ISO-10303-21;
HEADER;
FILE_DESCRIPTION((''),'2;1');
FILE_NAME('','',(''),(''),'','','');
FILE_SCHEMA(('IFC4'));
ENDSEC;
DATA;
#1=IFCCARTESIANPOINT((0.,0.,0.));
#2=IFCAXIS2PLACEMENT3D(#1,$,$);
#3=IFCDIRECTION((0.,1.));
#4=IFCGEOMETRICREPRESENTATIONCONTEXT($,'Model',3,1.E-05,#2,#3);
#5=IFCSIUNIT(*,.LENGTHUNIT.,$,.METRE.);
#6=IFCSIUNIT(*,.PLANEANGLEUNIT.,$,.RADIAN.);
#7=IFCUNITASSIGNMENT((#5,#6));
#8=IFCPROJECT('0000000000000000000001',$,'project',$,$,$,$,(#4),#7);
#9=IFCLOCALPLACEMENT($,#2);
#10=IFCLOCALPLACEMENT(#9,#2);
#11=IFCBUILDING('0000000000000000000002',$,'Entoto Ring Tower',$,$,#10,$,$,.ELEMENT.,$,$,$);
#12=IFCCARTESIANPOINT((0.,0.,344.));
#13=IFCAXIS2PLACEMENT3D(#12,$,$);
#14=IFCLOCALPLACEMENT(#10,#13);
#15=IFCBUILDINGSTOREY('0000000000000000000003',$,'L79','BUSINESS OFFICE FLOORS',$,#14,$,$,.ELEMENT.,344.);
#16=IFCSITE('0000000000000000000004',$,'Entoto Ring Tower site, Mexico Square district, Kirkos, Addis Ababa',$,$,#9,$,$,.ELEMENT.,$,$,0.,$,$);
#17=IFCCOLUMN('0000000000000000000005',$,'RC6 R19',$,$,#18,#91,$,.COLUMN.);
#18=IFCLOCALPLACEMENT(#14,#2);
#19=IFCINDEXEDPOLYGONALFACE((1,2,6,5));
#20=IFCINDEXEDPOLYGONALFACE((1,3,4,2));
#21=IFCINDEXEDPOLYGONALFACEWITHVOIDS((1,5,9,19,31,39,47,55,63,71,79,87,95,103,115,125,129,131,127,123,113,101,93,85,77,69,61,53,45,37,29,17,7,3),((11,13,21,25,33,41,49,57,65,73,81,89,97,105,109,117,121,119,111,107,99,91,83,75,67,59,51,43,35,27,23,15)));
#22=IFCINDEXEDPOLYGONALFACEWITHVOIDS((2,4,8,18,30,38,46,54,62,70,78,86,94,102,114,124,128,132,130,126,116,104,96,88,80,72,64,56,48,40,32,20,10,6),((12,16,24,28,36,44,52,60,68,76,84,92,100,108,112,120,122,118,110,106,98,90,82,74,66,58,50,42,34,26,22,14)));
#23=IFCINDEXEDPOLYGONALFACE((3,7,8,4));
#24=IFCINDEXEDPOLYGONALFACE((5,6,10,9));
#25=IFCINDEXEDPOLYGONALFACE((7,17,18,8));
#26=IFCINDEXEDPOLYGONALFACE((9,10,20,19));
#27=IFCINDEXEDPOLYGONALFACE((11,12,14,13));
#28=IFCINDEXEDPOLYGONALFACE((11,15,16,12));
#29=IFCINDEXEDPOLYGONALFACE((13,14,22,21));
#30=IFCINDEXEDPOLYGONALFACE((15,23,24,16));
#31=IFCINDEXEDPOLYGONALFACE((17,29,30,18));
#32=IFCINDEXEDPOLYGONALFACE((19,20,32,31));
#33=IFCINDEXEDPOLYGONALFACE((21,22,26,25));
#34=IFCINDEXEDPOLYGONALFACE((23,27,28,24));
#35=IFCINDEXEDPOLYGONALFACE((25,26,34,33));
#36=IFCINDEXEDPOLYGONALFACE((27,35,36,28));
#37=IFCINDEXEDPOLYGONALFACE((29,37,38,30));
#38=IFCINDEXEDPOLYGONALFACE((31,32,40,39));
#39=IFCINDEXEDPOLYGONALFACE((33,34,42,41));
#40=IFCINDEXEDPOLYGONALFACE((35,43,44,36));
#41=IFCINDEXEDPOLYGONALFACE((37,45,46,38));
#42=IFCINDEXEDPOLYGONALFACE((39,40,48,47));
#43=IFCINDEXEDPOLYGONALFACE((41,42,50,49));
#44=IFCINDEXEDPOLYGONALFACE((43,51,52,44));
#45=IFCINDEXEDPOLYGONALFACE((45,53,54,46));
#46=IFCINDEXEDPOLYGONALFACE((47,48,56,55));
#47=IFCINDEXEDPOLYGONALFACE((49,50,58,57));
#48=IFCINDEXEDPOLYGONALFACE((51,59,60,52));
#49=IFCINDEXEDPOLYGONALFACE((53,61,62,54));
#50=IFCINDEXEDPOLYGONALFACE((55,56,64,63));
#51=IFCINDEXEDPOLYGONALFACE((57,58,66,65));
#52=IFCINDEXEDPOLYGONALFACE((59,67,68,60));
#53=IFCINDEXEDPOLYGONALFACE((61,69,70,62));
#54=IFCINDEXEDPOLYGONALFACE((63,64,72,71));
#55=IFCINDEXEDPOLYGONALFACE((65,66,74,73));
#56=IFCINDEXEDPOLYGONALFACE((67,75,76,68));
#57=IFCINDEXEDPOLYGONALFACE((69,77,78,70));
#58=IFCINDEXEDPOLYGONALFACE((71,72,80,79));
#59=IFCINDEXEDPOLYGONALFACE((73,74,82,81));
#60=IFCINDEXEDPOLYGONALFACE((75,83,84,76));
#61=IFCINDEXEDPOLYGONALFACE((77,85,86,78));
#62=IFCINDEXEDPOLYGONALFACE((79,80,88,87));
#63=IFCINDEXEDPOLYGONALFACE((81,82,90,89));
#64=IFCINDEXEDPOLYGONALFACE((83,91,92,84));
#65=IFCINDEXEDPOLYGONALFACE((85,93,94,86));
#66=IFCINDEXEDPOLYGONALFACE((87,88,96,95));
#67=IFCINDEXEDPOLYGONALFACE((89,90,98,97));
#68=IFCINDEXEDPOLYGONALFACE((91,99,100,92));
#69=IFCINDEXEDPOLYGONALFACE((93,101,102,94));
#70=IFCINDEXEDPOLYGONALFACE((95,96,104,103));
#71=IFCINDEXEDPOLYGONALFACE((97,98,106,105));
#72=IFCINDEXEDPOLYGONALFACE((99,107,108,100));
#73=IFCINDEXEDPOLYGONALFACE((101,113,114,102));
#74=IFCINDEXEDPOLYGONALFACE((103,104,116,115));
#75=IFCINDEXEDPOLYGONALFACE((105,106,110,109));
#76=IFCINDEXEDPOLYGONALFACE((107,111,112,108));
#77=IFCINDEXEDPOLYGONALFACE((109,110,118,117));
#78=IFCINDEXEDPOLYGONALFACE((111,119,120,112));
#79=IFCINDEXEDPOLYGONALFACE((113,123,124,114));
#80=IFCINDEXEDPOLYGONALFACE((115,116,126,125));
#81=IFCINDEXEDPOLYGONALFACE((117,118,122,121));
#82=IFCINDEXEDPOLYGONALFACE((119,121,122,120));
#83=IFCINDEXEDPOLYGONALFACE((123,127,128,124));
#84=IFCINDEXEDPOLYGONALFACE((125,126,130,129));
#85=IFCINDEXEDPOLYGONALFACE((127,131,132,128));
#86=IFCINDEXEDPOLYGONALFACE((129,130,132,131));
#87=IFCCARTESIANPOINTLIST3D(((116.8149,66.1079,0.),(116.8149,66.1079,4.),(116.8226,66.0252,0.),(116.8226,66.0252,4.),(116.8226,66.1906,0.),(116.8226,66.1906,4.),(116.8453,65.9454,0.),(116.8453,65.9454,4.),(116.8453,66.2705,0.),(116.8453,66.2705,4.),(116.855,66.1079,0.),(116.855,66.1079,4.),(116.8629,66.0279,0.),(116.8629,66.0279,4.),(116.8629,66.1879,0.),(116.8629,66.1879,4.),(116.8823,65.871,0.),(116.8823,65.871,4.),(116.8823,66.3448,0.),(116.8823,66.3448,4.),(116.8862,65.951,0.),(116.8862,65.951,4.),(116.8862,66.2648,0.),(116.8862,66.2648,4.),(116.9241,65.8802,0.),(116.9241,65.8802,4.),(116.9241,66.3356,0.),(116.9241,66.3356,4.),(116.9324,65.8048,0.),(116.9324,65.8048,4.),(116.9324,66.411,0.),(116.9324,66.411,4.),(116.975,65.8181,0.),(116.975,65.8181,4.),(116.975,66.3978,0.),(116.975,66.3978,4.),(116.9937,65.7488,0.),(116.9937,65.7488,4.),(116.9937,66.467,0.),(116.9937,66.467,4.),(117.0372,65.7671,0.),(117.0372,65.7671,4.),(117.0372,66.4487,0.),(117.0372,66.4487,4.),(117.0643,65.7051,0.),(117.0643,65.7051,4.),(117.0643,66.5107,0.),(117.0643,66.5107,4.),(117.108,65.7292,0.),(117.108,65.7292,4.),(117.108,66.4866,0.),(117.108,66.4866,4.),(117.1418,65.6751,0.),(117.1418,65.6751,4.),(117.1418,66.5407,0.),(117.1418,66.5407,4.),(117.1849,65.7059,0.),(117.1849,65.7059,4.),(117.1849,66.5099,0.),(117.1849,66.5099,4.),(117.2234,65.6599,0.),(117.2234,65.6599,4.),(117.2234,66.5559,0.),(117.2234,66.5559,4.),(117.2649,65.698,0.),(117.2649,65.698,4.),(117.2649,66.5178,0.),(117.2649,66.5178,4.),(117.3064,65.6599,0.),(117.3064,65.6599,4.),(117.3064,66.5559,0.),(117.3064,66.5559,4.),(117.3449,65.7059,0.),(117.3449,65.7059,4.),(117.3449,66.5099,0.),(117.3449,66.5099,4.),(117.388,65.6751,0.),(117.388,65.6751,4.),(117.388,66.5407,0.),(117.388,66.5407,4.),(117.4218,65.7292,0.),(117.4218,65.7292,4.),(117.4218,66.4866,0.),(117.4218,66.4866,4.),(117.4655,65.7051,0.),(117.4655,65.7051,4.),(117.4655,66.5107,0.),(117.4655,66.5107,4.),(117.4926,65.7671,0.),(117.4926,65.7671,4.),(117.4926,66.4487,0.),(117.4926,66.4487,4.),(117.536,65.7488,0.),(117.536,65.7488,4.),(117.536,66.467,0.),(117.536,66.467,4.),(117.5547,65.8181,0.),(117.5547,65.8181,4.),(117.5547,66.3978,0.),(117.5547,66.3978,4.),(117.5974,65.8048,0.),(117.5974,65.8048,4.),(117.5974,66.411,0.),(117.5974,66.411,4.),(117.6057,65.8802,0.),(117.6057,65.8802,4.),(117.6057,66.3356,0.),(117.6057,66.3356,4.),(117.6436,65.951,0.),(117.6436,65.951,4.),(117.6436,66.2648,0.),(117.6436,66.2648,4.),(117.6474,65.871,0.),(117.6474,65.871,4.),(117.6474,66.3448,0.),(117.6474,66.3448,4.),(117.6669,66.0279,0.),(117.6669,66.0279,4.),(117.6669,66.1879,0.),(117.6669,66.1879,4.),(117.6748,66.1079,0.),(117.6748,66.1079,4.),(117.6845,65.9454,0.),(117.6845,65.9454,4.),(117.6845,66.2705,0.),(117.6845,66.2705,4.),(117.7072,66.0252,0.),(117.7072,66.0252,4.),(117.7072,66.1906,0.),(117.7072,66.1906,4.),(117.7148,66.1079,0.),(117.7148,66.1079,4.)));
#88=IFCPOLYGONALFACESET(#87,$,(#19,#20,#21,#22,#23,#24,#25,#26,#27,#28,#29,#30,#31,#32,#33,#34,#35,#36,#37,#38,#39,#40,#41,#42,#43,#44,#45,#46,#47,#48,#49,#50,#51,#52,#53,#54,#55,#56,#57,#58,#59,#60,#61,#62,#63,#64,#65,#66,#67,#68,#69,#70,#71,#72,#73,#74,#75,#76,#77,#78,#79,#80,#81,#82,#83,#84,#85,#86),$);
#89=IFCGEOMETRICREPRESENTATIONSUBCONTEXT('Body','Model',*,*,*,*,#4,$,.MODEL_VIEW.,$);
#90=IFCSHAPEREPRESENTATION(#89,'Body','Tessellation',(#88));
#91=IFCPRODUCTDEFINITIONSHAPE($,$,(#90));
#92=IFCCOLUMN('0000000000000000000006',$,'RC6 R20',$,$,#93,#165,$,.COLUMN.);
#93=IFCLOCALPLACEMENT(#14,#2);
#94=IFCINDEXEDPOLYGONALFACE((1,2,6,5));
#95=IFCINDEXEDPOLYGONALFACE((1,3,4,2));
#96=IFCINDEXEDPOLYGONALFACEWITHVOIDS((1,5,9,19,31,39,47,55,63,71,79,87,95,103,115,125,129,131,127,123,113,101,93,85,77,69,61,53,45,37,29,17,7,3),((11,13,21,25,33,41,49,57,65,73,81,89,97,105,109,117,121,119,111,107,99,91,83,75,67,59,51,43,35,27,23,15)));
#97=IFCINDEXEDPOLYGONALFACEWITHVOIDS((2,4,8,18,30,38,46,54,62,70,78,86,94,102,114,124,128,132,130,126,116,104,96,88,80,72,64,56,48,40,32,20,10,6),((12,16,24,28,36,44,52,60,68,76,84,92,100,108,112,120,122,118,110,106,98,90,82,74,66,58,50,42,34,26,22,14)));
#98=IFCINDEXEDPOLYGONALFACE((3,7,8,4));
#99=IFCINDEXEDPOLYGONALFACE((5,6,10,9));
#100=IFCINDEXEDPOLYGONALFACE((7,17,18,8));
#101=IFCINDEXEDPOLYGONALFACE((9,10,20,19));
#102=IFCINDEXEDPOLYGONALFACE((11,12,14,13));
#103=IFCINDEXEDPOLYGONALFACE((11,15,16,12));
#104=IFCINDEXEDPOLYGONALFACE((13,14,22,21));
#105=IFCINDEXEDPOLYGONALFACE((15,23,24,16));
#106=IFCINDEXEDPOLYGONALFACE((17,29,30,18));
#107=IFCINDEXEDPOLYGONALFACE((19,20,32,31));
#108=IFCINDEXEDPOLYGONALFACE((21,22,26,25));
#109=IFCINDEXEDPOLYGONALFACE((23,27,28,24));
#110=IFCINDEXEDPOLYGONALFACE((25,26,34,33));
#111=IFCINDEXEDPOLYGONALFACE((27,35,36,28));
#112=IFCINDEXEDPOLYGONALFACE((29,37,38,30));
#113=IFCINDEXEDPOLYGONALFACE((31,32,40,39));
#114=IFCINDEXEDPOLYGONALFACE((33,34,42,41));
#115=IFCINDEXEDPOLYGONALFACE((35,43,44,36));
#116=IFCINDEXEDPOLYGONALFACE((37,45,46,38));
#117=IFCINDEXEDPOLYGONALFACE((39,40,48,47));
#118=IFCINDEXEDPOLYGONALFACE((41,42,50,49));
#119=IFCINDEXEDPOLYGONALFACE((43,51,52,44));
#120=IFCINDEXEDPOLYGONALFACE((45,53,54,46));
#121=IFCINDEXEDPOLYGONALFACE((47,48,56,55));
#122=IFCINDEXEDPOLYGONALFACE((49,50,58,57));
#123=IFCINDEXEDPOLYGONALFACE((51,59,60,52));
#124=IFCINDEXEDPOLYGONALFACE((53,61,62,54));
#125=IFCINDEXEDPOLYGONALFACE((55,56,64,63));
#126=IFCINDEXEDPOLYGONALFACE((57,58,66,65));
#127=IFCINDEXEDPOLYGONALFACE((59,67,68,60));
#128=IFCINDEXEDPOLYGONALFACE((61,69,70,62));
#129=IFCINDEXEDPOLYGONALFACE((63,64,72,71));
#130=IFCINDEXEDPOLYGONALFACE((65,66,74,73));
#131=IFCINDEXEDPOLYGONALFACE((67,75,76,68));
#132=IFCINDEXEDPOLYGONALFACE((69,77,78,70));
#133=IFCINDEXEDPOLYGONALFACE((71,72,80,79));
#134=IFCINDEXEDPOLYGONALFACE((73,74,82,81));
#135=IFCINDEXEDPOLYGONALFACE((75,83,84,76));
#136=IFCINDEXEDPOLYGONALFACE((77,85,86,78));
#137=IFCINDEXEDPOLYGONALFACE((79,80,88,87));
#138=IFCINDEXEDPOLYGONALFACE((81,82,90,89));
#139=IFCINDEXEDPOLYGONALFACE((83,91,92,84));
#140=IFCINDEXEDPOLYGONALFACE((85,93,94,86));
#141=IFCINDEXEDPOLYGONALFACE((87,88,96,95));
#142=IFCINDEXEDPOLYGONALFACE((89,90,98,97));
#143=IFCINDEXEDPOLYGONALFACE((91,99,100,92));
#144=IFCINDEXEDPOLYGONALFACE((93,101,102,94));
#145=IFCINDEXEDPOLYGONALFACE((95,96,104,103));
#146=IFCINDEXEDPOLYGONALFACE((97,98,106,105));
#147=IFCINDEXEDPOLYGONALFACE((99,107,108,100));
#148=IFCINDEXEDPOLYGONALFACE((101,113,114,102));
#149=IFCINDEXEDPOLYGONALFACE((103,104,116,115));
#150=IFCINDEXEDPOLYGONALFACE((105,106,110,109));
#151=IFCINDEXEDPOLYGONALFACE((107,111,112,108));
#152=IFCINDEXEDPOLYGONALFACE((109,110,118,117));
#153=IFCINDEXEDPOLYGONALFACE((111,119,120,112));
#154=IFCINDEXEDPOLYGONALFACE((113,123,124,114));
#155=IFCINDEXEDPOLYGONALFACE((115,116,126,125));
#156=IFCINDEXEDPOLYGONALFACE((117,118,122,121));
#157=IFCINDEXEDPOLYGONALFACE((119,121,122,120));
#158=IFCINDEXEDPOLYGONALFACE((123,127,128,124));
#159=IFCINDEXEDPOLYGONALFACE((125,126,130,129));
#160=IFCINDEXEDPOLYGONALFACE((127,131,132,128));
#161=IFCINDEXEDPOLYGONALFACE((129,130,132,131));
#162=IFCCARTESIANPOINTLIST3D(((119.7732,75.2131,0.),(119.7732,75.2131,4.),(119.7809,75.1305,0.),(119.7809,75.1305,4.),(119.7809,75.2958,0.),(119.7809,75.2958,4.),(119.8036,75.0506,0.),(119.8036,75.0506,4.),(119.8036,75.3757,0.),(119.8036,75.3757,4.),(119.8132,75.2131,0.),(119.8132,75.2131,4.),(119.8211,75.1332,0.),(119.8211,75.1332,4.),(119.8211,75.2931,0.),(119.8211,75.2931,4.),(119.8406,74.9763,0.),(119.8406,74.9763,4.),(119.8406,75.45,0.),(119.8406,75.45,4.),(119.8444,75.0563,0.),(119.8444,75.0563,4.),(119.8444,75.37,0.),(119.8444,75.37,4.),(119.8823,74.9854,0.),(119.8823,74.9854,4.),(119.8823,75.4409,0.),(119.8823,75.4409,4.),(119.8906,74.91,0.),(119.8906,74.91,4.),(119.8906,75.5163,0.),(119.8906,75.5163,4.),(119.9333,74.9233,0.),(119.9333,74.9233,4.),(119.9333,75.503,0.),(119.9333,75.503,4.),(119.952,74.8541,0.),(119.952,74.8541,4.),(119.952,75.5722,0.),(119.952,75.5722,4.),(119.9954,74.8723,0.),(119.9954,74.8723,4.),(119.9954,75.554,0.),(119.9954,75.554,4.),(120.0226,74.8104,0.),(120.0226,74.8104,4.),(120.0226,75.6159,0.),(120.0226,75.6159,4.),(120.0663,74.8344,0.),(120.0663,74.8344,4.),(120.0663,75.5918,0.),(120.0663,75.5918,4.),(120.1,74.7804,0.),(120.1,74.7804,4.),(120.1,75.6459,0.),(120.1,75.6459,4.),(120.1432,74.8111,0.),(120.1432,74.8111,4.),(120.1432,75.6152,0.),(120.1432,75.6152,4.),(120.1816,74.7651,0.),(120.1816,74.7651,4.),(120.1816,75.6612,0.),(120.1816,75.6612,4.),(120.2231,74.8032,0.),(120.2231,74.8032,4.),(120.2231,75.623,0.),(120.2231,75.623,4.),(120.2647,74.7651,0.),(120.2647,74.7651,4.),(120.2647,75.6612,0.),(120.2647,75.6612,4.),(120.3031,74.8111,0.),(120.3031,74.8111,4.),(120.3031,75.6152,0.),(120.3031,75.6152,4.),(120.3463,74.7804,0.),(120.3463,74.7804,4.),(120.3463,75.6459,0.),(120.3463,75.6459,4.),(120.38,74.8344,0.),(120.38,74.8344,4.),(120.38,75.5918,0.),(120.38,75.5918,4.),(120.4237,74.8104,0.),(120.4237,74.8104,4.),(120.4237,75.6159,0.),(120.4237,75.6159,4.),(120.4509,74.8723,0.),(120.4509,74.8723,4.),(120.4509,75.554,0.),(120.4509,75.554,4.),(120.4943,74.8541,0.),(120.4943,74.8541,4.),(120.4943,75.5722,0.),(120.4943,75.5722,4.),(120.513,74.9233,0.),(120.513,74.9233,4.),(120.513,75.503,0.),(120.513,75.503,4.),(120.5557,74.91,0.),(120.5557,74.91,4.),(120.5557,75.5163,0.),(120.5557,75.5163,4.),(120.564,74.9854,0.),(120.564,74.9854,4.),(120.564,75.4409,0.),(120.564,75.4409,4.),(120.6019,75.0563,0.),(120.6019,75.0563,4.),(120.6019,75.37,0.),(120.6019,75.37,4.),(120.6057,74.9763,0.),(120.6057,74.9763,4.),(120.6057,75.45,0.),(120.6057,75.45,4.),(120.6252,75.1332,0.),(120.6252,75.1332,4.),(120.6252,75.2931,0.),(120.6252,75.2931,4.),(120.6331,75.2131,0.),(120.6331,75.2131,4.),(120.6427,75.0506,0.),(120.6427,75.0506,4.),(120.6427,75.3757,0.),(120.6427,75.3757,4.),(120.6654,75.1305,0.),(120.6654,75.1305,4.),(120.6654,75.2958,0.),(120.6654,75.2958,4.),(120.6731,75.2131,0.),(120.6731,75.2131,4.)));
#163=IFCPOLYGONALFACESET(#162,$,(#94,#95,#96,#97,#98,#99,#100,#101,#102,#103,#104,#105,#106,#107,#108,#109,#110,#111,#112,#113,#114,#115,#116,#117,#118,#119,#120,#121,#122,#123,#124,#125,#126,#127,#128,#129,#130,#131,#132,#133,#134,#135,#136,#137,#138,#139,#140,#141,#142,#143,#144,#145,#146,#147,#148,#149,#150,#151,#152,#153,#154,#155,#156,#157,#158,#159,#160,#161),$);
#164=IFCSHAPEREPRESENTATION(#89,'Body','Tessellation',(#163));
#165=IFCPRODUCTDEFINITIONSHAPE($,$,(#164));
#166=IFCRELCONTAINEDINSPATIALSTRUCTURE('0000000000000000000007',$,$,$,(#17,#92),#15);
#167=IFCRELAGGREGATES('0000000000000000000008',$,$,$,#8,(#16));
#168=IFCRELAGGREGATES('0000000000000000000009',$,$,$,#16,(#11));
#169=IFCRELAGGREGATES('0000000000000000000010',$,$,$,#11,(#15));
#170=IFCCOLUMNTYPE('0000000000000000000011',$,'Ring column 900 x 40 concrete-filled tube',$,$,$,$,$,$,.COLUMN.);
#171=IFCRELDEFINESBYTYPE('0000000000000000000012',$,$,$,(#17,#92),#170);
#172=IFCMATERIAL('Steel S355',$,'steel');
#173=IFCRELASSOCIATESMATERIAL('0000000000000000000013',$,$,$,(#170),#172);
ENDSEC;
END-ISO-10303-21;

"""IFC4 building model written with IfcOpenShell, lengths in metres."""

from ifc_helpers import new_model, si_unit, direction, frame, origin, origin_2d, place, context, subcontext, project, spatial, circle, hollow_circle, extrude, material, material_profile, profile_set, type_object, element, save


model = new_model("IFC4")

# Units and contexts
model_context = context("Model", 3, precision=1e-05, world=origin(), true_north=direction((0.0, 1.0)))
body_context = subcontext(model_context, "Body", "Model", "MODEL_VIEW")
ifc_project = project(units=[si_unit("LENGTHUNIT", "METRE"), si_unit("PLANEANGLEUNIT", "RADIAN")], contexts=[model_context])

# Site, building, storey
site_placement = place(None, origin())
site = spatial("IfcSite", under=ifc_project, at=site_placement, Name="Entoto Ring Tower site, Mexico Square district, Kirkos, Addis Ababa", CompositionType="ELEMENT", RefElevation=0.0)
building_placement = place(site_placement, origin())
building = spatial("IfcBuilding", under=site, at=building_placement, Name="Entoto Ring Tower", CompositionType="ELEMENT")
storey_placement = place(building_placement, frame((0.0, 0.0, 344.0)))
storey = spatial("IfcBuildingStorey", under=building, at=storey_placement, Name="L79", Description="BUSINESS OFFICE FLOORS", CompositionType="ELEMENT", Elevation=344.0)

# Columns
ifc_material_1 = material(Name="Steel S355", Category="steel")
ifc_material_profile_1 = material_profile(ifc_material_1, hollow_circle(Radius=0.45, WallThickness=0.04, at=origin_2d()), Name="CHS 900 x 40")
ifc_material_2 = material(Name="Concrete C60/75", Category="concrete")
ifc_material_profile_2 = material_profile(ifc_material_2, circle(Radius=0.4099, at=origin_2d()), Name="Concrete C60/75 infill")
ifc_profile_set_1 = profile_set([ifc_material_profile_1, ifc_material_profile_2], Name="Steel S355")
column_type = type_object("IfcColumnType", Name="Ring column 900 x 40 concrete-filled tube", PredefinedType="COLUMN", material=ifc_profile_set_1)
for number, where, z_axis, x_axis, name in (
    (1, (117.2649, 66.1079, 0.0), (0.0, 0.0, 1.0), (1.0, 0.0, 0.0), "RC6 R19"),
    (2, (120.2231, 75.2131, 0.0), (0.0, 0.0, 1.0), (1.0, 0.0, 0.0), "RC6 R20"),
):
    element("IfcColumn", number, at=place(storey_placement, frame(where, z_axis=z_axis, x_axis=x_axis)), inside=storey, type_object=column_type, Name=name, PredefinedType="COLUMN", context=body_context, shape_type="SweptSolid", body=[
        extrude(hollow_circle(Radius=0.45, WallThickness=0.04, at=origin_2d()), origin(), (0.0, 0.0, 1.0), 4.0),
    ])

save(model, "model.ifc")
